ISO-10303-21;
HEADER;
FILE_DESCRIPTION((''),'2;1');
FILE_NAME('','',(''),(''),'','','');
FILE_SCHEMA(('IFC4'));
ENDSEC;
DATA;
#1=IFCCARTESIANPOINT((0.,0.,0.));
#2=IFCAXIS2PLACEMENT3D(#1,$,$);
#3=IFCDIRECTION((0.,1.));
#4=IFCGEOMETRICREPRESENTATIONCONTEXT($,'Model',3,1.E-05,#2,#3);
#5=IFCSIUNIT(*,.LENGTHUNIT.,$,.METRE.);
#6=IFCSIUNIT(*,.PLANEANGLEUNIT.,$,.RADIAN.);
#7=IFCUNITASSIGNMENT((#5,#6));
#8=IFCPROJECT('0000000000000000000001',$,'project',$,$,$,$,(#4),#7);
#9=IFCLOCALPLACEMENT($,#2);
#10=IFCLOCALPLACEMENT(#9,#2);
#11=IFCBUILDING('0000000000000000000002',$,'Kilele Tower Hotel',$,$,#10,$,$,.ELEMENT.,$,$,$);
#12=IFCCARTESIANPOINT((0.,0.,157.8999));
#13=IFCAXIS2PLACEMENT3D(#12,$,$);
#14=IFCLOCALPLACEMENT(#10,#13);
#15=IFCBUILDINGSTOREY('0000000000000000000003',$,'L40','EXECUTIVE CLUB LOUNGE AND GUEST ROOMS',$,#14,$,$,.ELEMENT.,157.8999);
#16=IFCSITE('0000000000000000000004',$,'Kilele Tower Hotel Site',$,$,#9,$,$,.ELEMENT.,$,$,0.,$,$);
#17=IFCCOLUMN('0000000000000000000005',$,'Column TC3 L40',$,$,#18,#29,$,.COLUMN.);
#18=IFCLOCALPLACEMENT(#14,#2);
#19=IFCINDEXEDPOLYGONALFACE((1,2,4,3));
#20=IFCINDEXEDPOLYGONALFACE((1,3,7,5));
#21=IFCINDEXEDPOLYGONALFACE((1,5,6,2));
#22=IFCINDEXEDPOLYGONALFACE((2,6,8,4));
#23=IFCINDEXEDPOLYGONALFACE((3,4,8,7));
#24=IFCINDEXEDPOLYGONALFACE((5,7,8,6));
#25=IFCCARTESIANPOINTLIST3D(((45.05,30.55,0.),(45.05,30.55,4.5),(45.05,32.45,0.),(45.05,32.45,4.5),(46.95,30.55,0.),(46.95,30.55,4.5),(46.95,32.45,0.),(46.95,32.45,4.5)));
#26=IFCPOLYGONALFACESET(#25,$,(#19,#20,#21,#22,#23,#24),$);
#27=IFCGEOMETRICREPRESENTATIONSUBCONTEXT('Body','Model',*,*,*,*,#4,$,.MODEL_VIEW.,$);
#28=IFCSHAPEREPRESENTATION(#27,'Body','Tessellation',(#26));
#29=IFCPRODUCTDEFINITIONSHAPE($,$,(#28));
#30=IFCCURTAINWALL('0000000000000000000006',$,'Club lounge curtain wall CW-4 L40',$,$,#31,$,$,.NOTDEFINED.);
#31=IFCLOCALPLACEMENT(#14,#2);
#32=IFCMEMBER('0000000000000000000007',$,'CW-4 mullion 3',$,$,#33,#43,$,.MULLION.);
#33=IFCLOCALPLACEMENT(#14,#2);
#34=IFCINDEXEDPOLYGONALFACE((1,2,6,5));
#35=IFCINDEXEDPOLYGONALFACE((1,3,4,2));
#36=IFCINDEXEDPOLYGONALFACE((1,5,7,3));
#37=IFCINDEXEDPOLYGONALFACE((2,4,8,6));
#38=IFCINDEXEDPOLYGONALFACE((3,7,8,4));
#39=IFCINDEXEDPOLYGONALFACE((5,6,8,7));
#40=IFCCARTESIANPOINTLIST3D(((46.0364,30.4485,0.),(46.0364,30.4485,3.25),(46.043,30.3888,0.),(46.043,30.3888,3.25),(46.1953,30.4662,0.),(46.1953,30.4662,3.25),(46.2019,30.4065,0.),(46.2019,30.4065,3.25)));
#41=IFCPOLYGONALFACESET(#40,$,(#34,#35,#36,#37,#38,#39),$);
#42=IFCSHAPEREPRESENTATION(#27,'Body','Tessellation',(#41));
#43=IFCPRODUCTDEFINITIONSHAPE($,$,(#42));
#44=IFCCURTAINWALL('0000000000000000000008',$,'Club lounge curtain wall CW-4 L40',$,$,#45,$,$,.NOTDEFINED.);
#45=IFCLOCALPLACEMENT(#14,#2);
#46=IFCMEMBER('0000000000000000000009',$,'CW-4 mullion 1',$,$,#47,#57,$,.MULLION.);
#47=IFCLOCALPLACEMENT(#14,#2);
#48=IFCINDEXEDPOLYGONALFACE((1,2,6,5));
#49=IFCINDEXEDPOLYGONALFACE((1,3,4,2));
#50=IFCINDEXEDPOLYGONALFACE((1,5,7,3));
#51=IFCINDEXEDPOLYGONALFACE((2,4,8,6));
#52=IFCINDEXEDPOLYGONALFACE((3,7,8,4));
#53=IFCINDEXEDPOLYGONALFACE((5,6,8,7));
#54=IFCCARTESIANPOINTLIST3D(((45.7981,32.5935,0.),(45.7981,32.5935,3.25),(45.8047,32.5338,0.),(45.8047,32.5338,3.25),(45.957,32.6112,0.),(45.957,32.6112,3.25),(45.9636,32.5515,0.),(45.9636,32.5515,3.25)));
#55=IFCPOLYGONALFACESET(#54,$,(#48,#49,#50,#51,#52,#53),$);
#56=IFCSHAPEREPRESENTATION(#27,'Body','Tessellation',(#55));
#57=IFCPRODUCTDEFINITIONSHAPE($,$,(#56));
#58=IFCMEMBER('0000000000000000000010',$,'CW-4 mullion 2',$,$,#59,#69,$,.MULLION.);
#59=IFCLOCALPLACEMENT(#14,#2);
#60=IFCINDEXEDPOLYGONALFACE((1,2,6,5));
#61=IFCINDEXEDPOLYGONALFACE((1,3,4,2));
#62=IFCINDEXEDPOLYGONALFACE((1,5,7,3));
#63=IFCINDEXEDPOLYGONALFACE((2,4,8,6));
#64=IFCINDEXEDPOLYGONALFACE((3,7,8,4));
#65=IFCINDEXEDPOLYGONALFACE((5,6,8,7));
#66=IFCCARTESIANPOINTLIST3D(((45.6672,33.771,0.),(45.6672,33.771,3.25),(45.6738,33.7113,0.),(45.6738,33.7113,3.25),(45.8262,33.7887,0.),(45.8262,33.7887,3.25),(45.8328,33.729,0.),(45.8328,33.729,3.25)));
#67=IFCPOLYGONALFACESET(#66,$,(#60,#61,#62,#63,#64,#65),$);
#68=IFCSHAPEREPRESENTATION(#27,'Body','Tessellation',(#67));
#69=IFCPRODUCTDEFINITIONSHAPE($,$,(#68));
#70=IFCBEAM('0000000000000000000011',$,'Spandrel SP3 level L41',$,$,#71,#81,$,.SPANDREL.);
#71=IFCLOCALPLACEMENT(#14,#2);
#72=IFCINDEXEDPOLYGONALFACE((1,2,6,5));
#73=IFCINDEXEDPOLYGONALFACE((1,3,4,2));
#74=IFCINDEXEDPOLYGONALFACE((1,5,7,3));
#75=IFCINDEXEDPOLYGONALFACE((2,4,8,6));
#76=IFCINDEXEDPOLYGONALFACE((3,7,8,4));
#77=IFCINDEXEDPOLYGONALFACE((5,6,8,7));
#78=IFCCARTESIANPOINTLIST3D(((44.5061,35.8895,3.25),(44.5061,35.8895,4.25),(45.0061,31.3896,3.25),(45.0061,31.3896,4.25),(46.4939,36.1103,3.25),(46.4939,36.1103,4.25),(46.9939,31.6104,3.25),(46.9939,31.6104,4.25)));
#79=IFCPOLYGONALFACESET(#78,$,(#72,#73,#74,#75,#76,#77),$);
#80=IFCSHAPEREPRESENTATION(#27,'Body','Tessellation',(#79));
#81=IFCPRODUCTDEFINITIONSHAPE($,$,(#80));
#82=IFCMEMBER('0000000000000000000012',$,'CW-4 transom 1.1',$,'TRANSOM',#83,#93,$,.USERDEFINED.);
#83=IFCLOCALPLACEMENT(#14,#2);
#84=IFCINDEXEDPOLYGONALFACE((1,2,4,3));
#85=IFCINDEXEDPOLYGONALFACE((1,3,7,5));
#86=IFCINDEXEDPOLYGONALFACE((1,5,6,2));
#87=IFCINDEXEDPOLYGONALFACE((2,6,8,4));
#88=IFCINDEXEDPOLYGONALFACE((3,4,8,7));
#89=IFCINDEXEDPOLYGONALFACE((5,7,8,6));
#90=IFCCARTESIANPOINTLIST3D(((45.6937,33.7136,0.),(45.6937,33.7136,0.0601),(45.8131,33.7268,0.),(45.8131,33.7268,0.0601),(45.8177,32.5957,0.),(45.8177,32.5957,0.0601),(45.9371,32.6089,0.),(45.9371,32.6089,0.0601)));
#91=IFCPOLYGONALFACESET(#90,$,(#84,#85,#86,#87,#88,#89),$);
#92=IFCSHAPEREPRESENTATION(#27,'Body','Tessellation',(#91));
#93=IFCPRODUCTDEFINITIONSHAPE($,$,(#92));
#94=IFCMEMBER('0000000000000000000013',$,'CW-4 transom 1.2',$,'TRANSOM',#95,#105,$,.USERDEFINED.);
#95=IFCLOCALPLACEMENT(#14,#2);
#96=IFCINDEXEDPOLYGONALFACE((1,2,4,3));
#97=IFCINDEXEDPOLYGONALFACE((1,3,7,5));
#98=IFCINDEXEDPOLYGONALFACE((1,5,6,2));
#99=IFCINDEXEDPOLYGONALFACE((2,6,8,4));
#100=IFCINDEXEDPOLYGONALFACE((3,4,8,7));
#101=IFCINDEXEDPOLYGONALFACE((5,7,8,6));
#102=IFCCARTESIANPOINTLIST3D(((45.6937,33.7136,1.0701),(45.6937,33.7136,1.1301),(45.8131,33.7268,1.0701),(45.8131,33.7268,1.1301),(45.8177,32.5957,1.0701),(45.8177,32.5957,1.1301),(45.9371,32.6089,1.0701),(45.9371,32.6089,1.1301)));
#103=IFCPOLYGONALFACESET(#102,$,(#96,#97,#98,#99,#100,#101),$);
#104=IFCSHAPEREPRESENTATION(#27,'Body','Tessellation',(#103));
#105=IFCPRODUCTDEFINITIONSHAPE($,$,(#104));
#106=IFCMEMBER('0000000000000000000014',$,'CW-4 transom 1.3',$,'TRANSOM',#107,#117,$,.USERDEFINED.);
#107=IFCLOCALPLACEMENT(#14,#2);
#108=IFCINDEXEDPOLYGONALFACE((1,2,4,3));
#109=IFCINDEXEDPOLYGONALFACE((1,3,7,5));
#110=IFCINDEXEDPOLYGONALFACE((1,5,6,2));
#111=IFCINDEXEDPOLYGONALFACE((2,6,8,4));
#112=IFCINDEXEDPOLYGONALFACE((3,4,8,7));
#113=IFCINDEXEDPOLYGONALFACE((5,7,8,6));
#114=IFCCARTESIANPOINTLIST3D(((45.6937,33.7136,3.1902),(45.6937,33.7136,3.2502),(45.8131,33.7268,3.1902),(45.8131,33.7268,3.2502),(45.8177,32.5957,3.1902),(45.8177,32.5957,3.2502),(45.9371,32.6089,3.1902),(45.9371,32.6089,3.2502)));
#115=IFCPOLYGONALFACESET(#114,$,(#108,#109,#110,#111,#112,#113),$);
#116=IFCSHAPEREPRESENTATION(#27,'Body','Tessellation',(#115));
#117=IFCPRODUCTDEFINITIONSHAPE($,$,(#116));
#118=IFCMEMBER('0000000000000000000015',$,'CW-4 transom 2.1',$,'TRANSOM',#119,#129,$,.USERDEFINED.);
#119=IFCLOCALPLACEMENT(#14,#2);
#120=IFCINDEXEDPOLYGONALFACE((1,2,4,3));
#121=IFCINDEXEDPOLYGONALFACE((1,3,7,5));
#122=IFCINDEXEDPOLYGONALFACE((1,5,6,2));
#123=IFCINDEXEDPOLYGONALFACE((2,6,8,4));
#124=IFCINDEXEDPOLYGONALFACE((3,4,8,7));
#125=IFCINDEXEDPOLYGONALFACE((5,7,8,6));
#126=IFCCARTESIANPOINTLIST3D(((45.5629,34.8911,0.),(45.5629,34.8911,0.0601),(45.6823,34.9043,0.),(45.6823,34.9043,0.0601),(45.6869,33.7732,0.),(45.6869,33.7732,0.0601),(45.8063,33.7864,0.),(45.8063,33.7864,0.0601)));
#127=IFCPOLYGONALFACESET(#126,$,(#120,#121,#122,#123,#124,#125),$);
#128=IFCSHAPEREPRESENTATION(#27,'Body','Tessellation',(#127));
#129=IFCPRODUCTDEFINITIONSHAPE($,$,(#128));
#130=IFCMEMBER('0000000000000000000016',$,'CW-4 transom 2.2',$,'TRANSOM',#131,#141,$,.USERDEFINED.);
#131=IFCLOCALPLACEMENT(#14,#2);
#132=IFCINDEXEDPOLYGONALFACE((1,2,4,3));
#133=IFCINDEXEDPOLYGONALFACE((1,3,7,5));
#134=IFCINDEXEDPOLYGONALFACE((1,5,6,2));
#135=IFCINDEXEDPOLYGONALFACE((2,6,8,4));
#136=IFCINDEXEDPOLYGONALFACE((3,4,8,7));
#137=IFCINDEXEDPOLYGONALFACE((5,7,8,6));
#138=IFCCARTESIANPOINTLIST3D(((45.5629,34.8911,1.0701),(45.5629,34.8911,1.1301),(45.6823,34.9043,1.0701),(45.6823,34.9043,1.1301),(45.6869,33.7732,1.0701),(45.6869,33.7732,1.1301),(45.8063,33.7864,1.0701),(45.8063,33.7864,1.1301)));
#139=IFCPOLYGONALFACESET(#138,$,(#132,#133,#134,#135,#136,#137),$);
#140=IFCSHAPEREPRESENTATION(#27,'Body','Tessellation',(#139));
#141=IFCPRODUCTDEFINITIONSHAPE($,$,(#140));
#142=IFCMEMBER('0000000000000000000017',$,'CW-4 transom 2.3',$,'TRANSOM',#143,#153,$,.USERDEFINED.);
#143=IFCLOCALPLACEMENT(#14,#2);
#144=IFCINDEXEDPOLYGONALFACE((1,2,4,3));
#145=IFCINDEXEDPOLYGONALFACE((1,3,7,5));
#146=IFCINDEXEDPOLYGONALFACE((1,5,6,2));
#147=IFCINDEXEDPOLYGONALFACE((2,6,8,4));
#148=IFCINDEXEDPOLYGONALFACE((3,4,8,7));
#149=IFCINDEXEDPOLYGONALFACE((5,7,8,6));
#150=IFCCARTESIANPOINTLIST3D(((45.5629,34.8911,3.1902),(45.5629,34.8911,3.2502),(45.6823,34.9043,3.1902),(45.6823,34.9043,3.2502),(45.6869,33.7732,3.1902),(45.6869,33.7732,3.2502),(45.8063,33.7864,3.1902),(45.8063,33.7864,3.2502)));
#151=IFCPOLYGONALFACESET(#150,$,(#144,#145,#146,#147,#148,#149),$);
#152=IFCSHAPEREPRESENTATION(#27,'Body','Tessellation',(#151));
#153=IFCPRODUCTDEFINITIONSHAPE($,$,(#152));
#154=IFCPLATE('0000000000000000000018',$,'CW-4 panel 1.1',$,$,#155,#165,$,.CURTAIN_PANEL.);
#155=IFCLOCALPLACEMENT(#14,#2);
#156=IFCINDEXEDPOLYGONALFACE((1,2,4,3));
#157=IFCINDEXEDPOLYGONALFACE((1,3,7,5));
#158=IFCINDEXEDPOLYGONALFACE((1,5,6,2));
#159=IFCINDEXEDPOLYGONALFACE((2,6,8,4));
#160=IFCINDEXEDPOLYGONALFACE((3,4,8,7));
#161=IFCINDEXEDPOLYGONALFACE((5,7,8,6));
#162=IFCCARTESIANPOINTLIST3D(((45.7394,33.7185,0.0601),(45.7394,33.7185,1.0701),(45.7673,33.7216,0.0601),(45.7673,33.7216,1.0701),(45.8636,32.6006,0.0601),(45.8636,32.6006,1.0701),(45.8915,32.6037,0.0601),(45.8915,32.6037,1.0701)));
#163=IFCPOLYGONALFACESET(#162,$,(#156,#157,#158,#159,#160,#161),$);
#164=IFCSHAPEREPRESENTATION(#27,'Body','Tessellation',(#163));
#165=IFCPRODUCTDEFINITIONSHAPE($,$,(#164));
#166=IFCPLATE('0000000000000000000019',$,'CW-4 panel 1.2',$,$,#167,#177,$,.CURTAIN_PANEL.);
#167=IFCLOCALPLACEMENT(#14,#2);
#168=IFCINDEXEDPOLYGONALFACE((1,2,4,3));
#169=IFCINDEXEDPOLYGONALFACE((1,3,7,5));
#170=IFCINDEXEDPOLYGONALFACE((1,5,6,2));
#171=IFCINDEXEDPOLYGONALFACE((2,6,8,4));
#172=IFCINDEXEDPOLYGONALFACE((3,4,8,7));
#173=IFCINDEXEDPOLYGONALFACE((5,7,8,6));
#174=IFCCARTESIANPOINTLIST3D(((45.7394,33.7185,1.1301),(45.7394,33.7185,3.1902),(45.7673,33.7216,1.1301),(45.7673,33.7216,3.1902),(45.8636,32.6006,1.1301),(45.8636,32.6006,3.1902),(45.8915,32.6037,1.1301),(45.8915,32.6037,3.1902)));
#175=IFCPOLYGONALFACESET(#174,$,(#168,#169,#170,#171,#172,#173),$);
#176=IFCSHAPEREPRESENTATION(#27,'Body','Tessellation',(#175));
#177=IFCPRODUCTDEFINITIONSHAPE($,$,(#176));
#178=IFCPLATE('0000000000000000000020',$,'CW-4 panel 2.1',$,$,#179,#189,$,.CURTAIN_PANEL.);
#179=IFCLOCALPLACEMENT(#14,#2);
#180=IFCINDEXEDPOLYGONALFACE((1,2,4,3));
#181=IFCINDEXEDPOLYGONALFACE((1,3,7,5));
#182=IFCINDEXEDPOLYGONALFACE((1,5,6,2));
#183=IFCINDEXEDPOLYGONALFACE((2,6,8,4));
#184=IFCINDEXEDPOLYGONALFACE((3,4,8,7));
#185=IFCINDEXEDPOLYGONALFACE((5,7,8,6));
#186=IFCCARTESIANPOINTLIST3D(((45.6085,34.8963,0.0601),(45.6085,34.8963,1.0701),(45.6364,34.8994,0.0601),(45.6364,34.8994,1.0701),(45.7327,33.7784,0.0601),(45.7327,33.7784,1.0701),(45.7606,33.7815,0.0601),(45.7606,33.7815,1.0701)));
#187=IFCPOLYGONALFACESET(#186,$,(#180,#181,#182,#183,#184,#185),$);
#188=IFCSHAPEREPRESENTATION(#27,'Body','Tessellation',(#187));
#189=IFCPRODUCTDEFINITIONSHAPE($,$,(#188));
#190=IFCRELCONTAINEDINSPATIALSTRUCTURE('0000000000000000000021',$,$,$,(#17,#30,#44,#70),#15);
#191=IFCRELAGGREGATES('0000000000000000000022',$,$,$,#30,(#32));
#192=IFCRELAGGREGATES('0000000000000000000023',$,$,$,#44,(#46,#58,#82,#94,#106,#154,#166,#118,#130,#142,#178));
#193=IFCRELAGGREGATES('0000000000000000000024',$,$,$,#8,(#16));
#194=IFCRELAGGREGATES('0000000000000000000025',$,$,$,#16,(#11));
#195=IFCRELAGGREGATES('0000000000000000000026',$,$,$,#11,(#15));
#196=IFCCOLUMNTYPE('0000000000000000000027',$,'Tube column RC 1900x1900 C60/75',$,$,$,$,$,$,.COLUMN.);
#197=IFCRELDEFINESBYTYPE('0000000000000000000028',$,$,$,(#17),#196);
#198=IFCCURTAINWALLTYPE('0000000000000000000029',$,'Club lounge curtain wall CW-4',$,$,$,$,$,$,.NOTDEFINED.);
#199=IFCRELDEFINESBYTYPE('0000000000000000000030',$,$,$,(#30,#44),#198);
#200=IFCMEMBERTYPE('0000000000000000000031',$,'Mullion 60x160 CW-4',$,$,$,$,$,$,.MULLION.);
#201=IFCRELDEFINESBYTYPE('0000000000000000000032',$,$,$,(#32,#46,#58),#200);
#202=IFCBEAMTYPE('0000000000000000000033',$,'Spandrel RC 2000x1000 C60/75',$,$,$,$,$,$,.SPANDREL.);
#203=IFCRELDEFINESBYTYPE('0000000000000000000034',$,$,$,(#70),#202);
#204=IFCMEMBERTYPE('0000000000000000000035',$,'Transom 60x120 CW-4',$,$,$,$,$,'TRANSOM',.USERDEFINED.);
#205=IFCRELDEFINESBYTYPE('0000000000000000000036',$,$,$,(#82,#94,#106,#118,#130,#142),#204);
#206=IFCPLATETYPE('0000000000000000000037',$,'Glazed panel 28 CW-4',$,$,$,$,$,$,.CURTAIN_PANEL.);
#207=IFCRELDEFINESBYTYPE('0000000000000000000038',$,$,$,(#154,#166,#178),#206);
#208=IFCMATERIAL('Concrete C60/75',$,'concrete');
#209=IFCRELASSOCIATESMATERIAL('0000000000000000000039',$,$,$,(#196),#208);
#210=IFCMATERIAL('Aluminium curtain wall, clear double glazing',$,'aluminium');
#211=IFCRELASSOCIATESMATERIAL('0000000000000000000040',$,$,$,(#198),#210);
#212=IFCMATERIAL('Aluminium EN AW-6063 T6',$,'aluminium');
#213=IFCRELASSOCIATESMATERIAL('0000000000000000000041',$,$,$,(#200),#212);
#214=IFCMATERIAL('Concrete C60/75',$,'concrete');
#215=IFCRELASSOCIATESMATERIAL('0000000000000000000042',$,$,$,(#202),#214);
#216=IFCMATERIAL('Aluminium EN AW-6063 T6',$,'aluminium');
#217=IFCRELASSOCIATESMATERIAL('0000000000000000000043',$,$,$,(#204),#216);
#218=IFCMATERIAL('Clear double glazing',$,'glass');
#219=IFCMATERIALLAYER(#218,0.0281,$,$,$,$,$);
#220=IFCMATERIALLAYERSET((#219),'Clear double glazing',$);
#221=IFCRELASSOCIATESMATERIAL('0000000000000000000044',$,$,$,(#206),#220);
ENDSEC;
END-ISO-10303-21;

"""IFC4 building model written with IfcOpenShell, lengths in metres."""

from ifc_helpers import new_model, si_unit, direction, frame, origin, origin_2d, place, context, subcontext, project, spatial, rectangle, extrude, material, layer, layer_set, material_profile, profile_set, type_object, element, aggregate, save


model = new_model("IFC4")

# Units and contexts
model_context = context("Model", 3, precision=1e-05, world=origin(), true_north=direction((0.0, 1.0)))
body_context = subcontext(model_context, "Body", "Model", "MODEL_VIEW")
ifc_project = project(units=[si_unit("LENGTHUNIT", "METRE"), si_unit("PLANEANGLEUNIT", "RADIAN")], contexts=[model_context])

# Site, building, storey
site_placement = place(None, origin())
site = spatial("IfcSite", under=ifc_project, at=site_placement, Name="Kilele Tower Hotel Site", CompositionType="ELEMENT", RefElevation=0.0)
building_placement = place(site_placement, origin())
building = spatial("IfcBuilding", under=site, at=building_placement, Name="Kilele Tower Hotel", CompositionType="ELEMENT")
storey_placement = place(building_placement, frame((0.0, 0.0, 157.8999)))
storey = spatial("IfcBuildingStorey", under=building, at=storey_placement, Name="L40", Description="EXECUTIVE CLUB LOUNGE AND GUEST ROOMS", CompositionType="ELEMENT", Elevation=157.8999)

# Column
ifc_material_1 = material(Name="Concrete C60/75", Category="concrete")
ifc_material_profile_1 = material_profile(ifc_material_1, rectangle(XDim=1.8999, YDim=1.8999, at=origin_2d()))
ifc_profile_set_1 = profile_set([ifc_material_profile_1], Name="Concrete C60/75")
column_type = type_object("IfcColumnType", Name="Tube column RC 1900x1900 C60/75", PredefinedType="COLUMN", material=ifc_profile_set_1)
column_placement = place(storey_placement, frame((46.0, 31.5, 0.0), z_axis=(0.0, 0.0, 1.0), x_axis=(1.0, 0.0, 0.0)))
element("IfcColumn", 1, at=column_placement, inside=storey, type_object=column_type, Name="Column TC3 L40", PredefinedType="COLUMN", context=body_context, shape_type="SweptSolid", body=[
    extrude(rectangle(XDim=1.8999, YDim=1.8999, at=origin_2d()), origin(), (0.0, 0.0, 1.0), 4.5),
])

# Curtain wall, member
ifc_material_2 = material(Name="Aluminium curtain wall, clear double glazing", Category="aluminium")
curtain_wall_type = type_object("IfcCurtainWallType", Name="Club lounge curtain wall CW-4", PredefinedType="NOTDEFINED", material=ifc_material_2)
curtain_wall_1_placement = place(storey_placement, origin())
curtain_wall_1 = element("IfcCurtainWall", 2, at=curtain_wall_1_placement, inside=storey, type_object=curtain_wall_type, Name="Club lounge curtain wall CW-4 L40", PredefinedType="NOTDEFINED")
ifc_material_3 = material(Name="Aluminium EN AW-6063 T6", Category="aluminium")
ifc_material_profile_2 = material_profile(ifc_material_3, rectangle(XDim=0.1599, YDim=0.0601, at=origin_2d()))
ifc_profile_set_2 = profile_set([ifc_material_profile_2], Name="Aluminium EN AW-6063 T6")
member_type_1 = type_object("IfcMemberType", Name="Mullion 60x160 CW-4", PredefinedType="MULLION", material=ifc_profile_set_2)
member_1_placement = place(storey_placement, frame((46.1191, 30.4275, 0.0), z_axis=(0.0, 0.0, 1.0), x_axis=(-0.993884, -0.110432, 0.0)))
member_1 = element("IfcMember", 3, at=member_1_placement, type_object=member_type_1, Name="CW-4 mullion 3", PredefinedType="MULLION", context=body_context, shape_type="SweptSolid", body=[
    extrude(rectangle(XDim=0.1599, YDim=0.0601, at=origin_2d()), origin(), (0.0, 0.0, 1.0), 3.25),
])
aggregate(curtain_wall_1, [member_1])

# Curtain wall, members
curtain_wall_2_placement = place(storey_placement, origin())
curtain_wall_2 = element("IfcCurtainWall", 4, at=curtain_wall_2_placement, inside=storey, type_object=curtain_wall_type, Name="Club lounge curtain wall CW-4 L40", PredefinedType="NOTDEFINED")
member_2_placement = place(storey_placement, frame((45.8809, 32.5725, 0.0), z_axis=(0.0, 0.0, 1.0), x_axis=(-0.993884, -0.110432, 0.0)))
member_2 = element("IfcMember", 5, at=member_2_placement, type_object=member_type_1, Name="CW-4 mullion 1", PredefinedType="MULLION", context=body_context, shape_type="SweptSolid", body=[
    extrude(rectangle(XDim=0.1599, YDim=0.0601, at=origin_2d()), origin(), (0.0, 0.0, 1.0), 3.25),
])
member_3_placement = place(storey_placement, frame((45.75, 33.75, 0.0), z_axis=(0.0, 0.0, 1.0), x_axis=(-0.993884, -0.110432, 0.0)))
member_3 = element("IfcMember", 6, at=member_3_placement, type_object=member_type_1, Name="CW-4 mullion 2", PredefinedType="MULLION", context=body_context, shape_type="SweptSolid", body=[
    extrude(rectangle(XDim=0.1599, YDim=0.0601, at=origin_2d()), origin(), (0.0, 0.0, 1.0), 3.25),
])

# Beam
ifc_material_4 = material(Name="Concrete C60/75", Category="concrete")
ifc_material_profile_3 = material_profile(ifc_material_4, rectangle(XDim=2.0, YDim=1.0, at=origin_2d()))
ifc_profile_set_3 = profile_set([ifc_material_profile_3], Name="Concrete C60/75")
beam_type = type_object("IfcBeamType", Name="Spandrel RC 2000x1000 C60/75", PredefinedType="SPANDREL", material=ifc_profile_set_3)
beam_placement = place(storey_placement, frame((46.0, 31.5, 3.75), z_axis=(-0.110432, 0.993884, 0.0), x_axis=(-0.993884, -0.110432, 0.0)))
element("IfcBeam", 7, at=beam_placement, inside=storey, type_object=beam_type, Name="Spandrel SP3 level L41", PredefinedType="SPANDREL", context=body_context, shape_type="SweptSolid", body=[
    extrude(rectangle(XDim=2.0, YDim=1.0, at=origin_2d()), origin(), (0.0, 0.0, 1.0), 4.5276),
])

# Members
ifc_material_5 = material(Name="Aluminium EN AW-6063 T6", Category="aluminium")
ifc_material_profile_4 = material_profile(ifc_material_5, rectangle(XDim=0.1201, YDim=0.0601, at=origin_2d()))
ifc_profile_set_4 = profile_set([ifc_material_profile_4], Name="Aluminium EN AW-6063 T6")
member_type_2 = type_object("IfcMemberType", Name="Transom 60x120 CW-4", ElementType="TRANSOM", PredefinedType="USERDEFINED", material=ifc_profile_set_4)
member_4_placement = place(storey_placement, frame((45.8774, 32.6023, 0.03), z_axis=(-0.110265, 0.993902, 0.0), x_axis=(-0.993902, -0.110265, 0.0)))
member_4 = element("IfcMember", 8, at=member_4_placement, type_object=member_type_2, Name="CW-4 transom 1.1", ObjectType="TRANSOM", PredefinedType="USERDEFINED", context=body_context, shape_type="SweptSolid", body=[
    extrude(rectangle(XDim=0.1201, YDim=0.0601, at=origin_2d()), origin(), (0.0, 0.0, 1.0), 1.1248),
])
member_5_placement = place(storey_placement, frame((45.8774, 32.6023, 1.1001), z_axis=(-0.110265, 0.993902, 0.0), x_axis=(-0.993902, -0.110265, 0.0)))
member_5 = element("IfcMember", 9, at=member_5_placement, type_object=member_type_2, Name="CW-4 transom 1.2", ObjectType="TRANSOM", PredefinedType="USERDEFINED", context=body_context, shape_type="SweptSolid", body=[
    extrude(rectangle(XDim=0.1201, YDim=0.0601, at=origin_2d()), origin(), (0.0, 0.0, 1.0), 1.1248),
])
member_6_placement = place(storey_placement, frame((45.8774, 32.6023, 3.2202), z_axis=(-0.110265, 0.993902, 0.0), x_axis=(-0.993902, -0.110265, 0.0)))
member_6 = element("IfcMember", 10, at=member_6_placement, type_object=member_type_2, Name="CW-4 transom 1.3", ObjectType="TRANSOM", PredefinedType="USERDEFINED", context=body_context, shape_type="SweptSolid", body=[
    extrude(rectangle(XDim=0.1201, YDim=0.0601, at=origin_2d()), origin(), (0.0, 0.0, 1.0), 1.1248),
])
member_7_placement = place(storey_placement, frame((45.7466, 33.7798, 0.03), z_axis=(-0.110265, 0.993902, 0.0), x_axis=(-0.993902, -0.110265, 0.0)))
member_7 = element("IfcMember", 11, at=member_7_placement, type_object=member_type_2, Name="CW-4 transom 2.1", ObjectType="TRANSOM", PredefinedType="USERDEFINED", context=body_context, shape_type="SweptSolid", body=[
    extrude(rectangle(XDim=0.1201, YDim=0.0601, at=origin_2d()), origin(), (0.0, 0.0, 1.0), 1.1248),
])
member_8_placement = place(storey_placement, frame((45.7466, 33.7798, 1.1001), z_axis=(-0.110265, 0.993902, 0.0), x_axis=(-0.993902, -0.110265, 0.0)))
member_8 = element("IfcMember", 12, at=member_8_placement, type_object=member_type_2, Name="CW-4 transom 2.2", ObjectType="TRANSOM", PredefinedType="USERDEFINED", context=body_context, shape_type="SweptSolid", body=[
    extrude(rectangle(XDim=0.1201, YDim=0.0601, at=origin_2d()), origin(), (0.0, 0.0, 1.0), 1.1248),
])
member_9_placement = place(storey_placement, frame((45.7466, 33.7798, 3.2202), z_axis=(-0.110265, 0.993902, 0.0), x_axis=(-0.993902, -0.110265, 0.0)))
member_9 = element("IfcMember", 13, at=member_9_placement, type_object=member_type_2, Name="CW-4 transom 2.3", ObjectType="TRANSOM", PredefinedType="USERDEFINED", context=body_context, shape_type="SweptSolid", body=[
    extrude(rectangle(XDim=0.1201, YDim=0.0601, at=origin_2d()), origin(), (0.0, 0.0, 1.0), 1.1248),
])

# Plates
ifc_material_6 = material(Name="Clear double glazing", Category="glass")
ifc_layer_1 = layer(ifc_material_6, 0.0281)
ifc_layer_set_1 = layer_set([ifc_layer_1], Name="Clear double glazing")
plate_type = type_object("IfcPlateType", Name="Glazed panel 28 CW-4", PredefinedType="CURTAIN_PANEL", material=ifc_layer_set_1)
plate_1_placement = place(storey_placement, frame((45.8154, 33.1611, 0.0601), z_axis=(0.0, 0.0, 1.0), x_axis=(-0.110432, 0.993884, 0.0)))
plate_1 = element("IfcPlate", 14, at=plate_1_placement, type_object=plate_type, Name="CW-4 panel 1.1", PredefinedType="CURTAIN_PANEL", context=body_context, shape_type="SweptSolid", body=[
    extrude(rectangle(XDim=1.1248, YDim=0.0281, at=origin_2d()), origin(), (0.0, 0.0, 1.0), 1.01),
])
plate_2_placement = place(storey_placement, frame((45.8154, 33.1611, 1.1301), z_axis=(0.0, 0.0, 1.0), x_axis=(-0.110432, 0.993884, 0.0)))
plate_2 = element("IfcPlate", 15, at=plate_2_placement, type_object=plate_type, Name="CW-4 panel 1.2", PredefinedType="CURTAIN_PANEL", context=body_context, shape_type="SweptSolid", body=[
    extrude(rectangle(XDim=1.1248, YDim=0.0281, at=origin_2d()), origin(), (0.0, 0.0, 1.0), 2.0601),
])
plate_3_placement = place(storey_placement, frame((45.6846, 34.3389, 0.0601), z_axis=(0.0, 0.0, 1.0), x_axis=(-0.110432, 0.993884, 0.0)))
plate_3 = element("IfcPlate", 16, at=plate_3_placement, type_object=plate_type, Name="CW-4 panel 2.1", PredefinedType="CURTAIN_PANEL", context=body_context, shape_type="SweptSolid", body=[
    extrude(rectangle(XDim=1.1248, YDim=0.0281, at=origin_2d()), origin(), (0.0, 0.0, 1.0), 1.01),
])
aggregate(curtain_wall_2, [member_2, member_3, member_4, member_5, member_6, plate_1, plate_2, member_7, member_8, member_9, plate_3])

save(model, "model.ifc")
